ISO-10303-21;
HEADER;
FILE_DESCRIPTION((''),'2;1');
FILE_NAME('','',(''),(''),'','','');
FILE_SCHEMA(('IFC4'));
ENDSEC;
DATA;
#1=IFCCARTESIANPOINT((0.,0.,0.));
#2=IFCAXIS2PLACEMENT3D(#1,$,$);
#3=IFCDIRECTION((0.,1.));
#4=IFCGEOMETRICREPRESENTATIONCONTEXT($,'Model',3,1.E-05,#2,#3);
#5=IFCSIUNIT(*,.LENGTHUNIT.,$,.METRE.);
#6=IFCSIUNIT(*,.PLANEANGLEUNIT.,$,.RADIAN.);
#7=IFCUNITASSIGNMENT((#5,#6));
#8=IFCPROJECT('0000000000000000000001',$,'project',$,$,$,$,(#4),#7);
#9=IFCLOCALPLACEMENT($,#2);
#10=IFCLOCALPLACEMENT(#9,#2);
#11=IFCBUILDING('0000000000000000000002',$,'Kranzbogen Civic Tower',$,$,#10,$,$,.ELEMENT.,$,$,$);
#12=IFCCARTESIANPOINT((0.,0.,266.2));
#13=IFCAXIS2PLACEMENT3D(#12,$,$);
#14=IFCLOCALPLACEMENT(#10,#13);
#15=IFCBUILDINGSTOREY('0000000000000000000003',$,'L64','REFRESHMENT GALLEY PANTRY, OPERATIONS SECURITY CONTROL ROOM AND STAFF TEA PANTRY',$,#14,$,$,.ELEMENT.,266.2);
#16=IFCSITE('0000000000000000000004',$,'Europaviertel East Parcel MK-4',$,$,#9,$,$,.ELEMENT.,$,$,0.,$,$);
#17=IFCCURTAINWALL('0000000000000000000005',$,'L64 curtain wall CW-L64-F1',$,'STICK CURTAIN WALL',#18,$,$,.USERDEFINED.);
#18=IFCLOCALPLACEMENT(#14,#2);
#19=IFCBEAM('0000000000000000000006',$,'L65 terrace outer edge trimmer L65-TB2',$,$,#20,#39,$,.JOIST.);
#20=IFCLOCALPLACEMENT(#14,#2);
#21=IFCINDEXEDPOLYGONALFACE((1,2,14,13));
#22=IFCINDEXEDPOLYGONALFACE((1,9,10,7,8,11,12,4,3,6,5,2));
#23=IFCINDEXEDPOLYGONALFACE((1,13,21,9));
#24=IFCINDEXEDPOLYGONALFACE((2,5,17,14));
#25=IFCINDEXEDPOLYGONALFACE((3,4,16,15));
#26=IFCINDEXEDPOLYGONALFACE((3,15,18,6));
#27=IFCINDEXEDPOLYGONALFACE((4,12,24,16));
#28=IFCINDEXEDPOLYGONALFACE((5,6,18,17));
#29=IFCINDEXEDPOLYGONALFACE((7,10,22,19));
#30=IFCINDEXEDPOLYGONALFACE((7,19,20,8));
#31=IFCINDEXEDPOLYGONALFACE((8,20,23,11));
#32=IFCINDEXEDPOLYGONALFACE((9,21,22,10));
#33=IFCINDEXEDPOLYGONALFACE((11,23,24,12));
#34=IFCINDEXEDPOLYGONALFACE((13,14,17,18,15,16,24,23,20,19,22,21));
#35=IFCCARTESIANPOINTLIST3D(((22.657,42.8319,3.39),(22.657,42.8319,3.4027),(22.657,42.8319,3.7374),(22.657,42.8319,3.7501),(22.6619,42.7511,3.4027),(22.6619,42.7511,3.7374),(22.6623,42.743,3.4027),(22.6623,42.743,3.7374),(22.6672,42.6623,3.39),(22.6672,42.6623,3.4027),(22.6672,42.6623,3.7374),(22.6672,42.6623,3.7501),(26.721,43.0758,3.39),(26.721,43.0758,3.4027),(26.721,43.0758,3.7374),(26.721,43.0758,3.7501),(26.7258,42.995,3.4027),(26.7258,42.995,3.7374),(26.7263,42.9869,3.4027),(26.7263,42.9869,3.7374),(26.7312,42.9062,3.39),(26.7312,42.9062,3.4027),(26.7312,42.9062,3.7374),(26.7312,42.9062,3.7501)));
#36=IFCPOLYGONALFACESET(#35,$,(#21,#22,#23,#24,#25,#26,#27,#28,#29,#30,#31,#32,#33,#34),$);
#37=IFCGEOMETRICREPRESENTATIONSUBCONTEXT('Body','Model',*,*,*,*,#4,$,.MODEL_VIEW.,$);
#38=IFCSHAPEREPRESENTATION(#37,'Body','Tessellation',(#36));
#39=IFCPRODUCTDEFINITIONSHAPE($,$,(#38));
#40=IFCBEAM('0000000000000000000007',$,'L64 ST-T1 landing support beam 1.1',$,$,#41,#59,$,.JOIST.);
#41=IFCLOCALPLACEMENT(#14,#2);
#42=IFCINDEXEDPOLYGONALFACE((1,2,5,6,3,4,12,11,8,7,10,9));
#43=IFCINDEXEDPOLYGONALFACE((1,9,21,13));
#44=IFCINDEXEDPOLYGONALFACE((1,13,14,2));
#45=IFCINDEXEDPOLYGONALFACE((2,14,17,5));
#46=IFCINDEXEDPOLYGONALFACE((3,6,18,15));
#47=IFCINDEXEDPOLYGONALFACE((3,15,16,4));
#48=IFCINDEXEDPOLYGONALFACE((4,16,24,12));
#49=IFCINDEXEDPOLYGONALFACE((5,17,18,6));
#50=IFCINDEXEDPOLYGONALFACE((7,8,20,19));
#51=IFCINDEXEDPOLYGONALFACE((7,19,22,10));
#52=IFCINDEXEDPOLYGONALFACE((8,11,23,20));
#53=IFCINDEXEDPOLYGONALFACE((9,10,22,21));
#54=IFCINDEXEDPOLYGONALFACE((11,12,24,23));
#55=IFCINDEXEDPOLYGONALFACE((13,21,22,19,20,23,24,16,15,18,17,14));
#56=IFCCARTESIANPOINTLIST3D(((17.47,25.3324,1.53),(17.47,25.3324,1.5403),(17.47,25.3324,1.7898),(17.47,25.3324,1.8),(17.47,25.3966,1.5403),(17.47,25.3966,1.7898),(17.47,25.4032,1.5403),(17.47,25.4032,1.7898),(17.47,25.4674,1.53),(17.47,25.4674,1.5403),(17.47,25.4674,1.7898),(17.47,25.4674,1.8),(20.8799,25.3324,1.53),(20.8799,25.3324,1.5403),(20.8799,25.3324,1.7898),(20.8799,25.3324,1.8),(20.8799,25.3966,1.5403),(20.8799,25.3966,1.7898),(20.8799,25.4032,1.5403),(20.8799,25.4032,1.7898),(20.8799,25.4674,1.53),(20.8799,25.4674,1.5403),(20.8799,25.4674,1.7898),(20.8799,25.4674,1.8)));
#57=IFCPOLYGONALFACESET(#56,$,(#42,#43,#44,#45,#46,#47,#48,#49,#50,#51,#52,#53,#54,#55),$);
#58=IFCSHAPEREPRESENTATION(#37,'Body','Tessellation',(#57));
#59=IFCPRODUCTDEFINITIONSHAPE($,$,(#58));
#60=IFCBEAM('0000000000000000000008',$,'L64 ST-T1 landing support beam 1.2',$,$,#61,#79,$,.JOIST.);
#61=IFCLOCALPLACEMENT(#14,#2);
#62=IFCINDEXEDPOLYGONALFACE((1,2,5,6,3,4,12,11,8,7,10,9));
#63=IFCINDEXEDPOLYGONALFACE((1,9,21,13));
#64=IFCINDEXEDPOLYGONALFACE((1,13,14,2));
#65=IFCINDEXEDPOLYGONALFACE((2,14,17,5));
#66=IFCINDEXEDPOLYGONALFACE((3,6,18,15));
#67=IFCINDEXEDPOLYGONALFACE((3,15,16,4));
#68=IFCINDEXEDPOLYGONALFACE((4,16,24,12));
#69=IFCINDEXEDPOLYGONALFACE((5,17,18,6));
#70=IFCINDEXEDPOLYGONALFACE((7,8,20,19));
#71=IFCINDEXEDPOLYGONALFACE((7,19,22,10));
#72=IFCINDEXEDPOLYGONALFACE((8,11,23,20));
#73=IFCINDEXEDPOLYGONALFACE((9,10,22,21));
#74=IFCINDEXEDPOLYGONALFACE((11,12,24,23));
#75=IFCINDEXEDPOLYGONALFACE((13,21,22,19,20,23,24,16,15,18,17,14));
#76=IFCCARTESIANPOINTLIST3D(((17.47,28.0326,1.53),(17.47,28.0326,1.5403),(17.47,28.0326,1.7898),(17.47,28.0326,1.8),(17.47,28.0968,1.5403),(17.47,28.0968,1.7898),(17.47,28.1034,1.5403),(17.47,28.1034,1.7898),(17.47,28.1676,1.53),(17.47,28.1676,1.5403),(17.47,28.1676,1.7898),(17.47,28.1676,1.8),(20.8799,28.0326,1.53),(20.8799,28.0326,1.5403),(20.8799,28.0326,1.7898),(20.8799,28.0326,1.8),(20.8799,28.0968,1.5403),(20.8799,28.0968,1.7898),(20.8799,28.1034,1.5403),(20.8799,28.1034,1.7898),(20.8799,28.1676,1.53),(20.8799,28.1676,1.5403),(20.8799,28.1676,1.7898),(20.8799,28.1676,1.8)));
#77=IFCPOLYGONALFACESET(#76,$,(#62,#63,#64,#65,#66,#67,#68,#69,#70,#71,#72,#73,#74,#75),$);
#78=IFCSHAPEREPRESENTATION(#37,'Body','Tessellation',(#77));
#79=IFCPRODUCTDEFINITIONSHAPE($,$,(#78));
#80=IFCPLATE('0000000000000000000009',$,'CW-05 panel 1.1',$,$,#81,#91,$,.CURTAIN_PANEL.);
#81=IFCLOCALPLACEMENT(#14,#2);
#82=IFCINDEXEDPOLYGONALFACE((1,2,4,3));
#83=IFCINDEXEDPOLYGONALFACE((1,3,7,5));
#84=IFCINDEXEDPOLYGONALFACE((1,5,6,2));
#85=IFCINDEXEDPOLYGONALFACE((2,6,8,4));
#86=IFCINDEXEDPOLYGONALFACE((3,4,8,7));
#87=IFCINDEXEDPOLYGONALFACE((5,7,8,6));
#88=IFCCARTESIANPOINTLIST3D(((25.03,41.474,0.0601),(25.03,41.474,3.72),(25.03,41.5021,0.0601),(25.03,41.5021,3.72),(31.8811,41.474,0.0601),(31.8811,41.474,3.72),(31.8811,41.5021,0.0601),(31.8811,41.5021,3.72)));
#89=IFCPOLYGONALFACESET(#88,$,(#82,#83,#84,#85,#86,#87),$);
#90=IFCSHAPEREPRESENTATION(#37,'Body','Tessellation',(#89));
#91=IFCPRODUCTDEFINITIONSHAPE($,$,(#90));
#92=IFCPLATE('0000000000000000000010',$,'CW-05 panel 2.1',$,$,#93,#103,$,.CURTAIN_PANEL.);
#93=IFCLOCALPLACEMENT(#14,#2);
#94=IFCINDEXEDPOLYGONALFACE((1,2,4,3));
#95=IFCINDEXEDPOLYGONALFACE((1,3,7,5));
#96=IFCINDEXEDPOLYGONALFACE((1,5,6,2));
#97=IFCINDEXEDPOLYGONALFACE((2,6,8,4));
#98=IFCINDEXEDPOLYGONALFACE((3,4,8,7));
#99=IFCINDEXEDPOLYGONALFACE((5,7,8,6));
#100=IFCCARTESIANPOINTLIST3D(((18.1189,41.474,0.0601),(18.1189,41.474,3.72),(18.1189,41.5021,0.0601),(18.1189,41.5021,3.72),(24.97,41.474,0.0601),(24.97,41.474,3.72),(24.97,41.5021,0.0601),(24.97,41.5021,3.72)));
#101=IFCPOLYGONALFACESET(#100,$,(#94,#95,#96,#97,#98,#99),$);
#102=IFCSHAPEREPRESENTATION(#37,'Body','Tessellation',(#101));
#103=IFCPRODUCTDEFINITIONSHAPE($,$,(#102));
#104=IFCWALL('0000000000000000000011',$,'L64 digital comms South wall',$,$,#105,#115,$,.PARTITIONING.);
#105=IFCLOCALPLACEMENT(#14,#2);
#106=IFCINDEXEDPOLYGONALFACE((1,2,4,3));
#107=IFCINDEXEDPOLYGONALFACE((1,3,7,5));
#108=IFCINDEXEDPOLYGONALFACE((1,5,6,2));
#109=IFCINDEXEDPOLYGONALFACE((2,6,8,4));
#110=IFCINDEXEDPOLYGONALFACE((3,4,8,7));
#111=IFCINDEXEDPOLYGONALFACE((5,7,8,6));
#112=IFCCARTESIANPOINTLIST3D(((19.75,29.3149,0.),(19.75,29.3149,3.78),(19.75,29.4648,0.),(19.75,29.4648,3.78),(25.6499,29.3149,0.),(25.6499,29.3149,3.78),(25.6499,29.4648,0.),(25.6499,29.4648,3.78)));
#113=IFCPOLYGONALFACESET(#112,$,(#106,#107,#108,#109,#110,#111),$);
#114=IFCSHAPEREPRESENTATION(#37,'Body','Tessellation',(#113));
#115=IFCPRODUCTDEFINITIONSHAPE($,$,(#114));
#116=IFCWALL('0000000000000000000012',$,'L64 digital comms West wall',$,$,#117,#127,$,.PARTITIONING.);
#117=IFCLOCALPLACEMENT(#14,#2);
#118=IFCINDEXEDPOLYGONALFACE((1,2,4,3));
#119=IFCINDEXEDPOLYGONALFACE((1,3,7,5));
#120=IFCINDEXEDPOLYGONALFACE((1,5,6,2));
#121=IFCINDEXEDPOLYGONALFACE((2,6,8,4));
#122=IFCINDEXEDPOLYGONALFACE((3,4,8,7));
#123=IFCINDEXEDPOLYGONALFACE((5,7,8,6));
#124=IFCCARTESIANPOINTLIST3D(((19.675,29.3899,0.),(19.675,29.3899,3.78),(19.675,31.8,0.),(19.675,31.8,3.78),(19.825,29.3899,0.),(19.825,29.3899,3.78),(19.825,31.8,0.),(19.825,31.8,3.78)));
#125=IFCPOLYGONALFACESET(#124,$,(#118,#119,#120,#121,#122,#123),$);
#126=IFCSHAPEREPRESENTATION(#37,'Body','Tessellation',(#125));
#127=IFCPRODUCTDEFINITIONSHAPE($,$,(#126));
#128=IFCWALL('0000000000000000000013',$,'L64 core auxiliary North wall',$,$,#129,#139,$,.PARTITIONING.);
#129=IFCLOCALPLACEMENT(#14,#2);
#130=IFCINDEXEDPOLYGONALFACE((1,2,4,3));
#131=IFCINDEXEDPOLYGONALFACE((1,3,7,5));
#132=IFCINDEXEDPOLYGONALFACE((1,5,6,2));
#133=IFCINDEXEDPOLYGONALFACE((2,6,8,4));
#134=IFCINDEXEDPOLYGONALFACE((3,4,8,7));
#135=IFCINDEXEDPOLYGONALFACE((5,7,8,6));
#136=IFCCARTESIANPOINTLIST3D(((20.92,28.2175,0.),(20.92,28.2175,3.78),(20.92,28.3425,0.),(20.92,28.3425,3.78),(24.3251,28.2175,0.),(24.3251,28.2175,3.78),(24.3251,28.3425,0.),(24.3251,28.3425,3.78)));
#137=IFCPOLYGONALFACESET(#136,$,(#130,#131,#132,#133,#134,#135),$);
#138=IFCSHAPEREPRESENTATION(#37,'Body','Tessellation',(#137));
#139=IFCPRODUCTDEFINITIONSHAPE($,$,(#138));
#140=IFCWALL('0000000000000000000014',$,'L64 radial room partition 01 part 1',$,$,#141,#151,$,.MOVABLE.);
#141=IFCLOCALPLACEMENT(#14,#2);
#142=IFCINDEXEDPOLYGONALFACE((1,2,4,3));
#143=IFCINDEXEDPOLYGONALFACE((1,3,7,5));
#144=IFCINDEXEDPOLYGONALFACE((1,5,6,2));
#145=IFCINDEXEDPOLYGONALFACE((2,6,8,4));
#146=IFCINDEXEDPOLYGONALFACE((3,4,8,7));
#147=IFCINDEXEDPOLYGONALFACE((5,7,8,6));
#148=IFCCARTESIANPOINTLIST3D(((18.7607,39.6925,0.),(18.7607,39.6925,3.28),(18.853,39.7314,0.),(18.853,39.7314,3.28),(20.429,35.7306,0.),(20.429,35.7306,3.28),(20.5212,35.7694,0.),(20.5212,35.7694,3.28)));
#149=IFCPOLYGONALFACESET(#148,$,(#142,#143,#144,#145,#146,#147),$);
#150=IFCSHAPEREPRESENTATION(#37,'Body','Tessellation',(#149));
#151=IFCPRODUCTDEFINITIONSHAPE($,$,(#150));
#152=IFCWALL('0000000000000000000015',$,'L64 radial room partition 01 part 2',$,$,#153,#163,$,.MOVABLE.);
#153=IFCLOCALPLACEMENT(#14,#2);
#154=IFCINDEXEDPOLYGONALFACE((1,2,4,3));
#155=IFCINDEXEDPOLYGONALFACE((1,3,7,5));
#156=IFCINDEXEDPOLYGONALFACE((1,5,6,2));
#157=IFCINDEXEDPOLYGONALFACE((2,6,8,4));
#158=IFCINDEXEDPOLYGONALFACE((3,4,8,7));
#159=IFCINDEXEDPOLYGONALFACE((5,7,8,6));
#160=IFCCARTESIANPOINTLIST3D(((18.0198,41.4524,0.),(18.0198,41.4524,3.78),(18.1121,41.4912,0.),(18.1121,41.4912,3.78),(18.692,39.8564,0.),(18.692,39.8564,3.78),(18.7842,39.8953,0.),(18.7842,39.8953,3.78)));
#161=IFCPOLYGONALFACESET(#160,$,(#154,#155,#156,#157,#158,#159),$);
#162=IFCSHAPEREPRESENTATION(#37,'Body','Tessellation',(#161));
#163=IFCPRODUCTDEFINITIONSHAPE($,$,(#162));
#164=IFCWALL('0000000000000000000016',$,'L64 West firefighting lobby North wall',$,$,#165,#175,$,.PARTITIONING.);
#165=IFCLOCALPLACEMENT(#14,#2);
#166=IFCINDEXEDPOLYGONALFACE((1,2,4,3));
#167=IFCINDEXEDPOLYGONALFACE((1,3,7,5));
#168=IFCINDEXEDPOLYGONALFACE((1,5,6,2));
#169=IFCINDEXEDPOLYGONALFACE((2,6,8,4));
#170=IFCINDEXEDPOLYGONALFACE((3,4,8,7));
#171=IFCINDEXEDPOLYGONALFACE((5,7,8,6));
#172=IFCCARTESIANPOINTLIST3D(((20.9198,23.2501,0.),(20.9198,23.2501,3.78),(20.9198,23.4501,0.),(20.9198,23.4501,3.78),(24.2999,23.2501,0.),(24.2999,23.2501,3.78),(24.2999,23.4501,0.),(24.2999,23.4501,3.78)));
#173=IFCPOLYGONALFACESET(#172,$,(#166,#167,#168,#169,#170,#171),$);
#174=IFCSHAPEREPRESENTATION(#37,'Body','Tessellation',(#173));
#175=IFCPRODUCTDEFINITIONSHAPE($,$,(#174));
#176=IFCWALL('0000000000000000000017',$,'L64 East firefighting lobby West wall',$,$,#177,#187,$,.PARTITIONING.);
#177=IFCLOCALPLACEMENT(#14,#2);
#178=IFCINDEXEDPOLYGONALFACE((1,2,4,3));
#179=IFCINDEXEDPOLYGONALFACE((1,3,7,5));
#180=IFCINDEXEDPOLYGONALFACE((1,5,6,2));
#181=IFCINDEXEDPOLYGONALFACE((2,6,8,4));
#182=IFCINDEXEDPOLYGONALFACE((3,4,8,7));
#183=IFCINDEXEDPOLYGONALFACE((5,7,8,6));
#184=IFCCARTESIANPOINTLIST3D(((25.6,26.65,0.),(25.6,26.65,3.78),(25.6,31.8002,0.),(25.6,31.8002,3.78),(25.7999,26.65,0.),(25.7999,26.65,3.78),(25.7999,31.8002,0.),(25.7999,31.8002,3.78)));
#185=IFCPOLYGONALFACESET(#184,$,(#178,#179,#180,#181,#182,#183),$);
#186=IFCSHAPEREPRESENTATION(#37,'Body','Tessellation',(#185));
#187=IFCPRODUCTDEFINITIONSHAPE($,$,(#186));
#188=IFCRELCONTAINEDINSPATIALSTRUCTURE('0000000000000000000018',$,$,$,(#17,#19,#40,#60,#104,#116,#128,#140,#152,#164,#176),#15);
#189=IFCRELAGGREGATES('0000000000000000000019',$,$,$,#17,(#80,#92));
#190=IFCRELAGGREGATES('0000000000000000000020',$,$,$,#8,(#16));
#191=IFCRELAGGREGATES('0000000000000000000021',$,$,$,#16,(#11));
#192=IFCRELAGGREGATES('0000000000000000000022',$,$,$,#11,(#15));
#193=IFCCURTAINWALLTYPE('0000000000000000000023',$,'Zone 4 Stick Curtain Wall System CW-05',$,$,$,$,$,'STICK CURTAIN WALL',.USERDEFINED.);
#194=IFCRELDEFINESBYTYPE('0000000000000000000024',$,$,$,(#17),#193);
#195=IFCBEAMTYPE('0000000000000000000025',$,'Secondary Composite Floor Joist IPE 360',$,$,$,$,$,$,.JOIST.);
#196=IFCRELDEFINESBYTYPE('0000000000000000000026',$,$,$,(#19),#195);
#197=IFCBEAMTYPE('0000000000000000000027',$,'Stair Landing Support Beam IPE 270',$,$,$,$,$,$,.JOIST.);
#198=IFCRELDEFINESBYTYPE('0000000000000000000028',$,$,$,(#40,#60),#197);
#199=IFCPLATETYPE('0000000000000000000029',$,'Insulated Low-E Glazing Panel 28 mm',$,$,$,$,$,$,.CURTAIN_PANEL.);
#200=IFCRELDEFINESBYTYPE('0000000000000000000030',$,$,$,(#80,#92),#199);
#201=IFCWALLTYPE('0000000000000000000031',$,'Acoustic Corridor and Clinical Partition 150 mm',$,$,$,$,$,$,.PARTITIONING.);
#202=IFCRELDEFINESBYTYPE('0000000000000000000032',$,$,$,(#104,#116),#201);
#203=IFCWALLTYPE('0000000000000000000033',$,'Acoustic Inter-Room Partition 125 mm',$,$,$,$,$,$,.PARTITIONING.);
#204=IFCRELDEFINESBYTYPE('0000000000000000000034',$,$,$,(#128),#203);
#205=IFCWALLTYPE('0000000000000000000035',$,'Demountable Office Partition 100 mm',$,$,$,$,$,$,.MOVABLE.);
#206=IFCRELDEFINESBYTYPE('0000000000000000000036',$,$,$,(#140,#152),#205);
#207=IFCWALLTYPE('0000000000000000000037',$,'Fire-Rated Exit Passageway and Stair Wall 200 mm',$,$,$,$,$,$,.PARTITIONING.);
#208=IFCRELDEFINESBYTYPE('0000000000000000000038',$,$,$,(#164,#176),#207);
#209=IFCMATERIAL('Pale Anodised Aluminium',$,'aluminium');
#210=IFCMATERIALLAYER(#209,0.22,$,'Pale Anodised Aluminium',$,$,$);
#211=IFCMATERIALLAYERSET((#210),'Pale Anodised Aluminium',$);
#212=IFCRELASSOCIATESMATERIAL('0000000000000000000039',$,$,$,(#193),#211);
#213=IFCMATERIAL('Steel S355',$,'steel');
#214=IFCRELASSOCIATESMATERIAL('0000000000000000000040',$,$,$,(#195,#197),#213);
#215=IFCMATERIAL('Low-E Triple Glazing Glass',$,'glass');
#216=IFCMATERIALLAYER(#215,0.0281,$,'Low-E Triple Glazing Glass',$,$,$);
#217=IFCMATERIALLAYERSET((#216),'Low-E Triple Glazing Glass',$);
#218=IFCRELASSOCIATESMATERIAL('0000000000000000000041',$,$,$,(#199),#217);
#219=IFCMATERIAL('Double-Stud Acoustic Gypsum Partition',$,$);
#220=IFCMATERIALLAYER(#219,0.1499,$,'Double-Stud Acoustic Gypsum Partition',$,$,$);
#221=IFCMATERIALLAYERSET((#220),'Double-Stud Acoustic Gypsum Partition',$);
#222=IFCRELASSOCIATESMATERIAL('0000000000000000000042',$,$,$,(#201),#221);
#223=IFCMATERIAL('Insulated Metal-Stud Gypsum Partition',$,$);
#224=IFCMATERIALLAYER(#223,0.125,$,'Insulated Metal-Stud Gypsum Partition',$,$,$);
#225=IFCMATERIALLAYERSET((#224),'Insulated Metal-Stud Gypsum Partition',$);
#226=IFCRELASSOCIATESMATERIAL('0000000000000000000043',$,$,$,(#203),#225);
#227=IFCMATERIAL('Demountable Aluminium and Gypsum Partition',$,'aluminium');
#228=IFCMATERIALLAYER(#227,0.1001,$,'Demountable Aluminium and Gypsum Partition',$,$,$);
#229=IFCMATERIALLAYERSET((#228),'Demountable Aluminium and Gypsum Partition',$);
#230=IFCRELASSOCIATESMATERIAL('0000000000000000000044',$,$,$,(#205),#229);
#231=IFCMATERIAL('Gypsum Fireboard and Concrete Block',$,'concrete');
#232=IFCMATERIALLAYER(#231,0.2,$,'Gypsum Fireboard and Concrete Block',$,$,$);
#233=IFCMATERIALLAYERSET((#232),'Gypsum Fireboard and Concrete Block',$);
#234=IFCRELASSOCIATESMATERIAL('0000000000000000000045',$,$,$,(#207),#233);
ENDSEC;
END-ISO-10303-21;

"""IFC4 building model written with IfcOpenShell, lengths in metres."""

from ifc_helpers import new_model, si_unit, direction, frame, frame_2d, origin, origin_2d, place, context, subcontext, project, spatial, rectangle, i_section, extrude, material, layer, layer_set, material_profile, profile_set, type_object, element, aggregate, save


model = new_model("IFC4")

# Units and contexts
model_context = context("Model", 3, precision=1e-05, world=origin(), true_north=direction((0.0, 1.0)))
body_context = subcontext(model_context, "Body", "Model", "MODEL_VIEW")
ifc_project = project(units=[si_unit("LENGTHUNIT", "METRE"), si_unit("PLANEANGLEUNIT", "RADIAN")], contexts=[model_context])

# Site, building, storey
site_placement = place(None, origin())
site = spatial("IfcSite", under=ifc_project, at=site_placement, Name="Europaviertel East Parcel MK-4", CompositionType="ELEMENT", RefElevation=0.0)
building_placement = place(site_placement, origin())
building = spatial("IfcBuilding", under=site, at=building_placement, Name="Kranzbogen Civic Tower", CompositionType="ELEMENT")
storey_placement = place(building_placement, frame((0.0, 0.0, 266.2)))
storey = spatial("IfcBuildingStorey", under=building, at=storey_placement, Name="L64", Description="REFRESHMENT GALLEY PANTRY, OPERATIONS SECURITY CONTROL ROOM AND STAFF TEA PANTRY", CompositionType="ELEMENT", Elevation=266.2)

# Shared definitions
ifc_material_1 = material(Name="Steel S355", Category="steel")

# Curtain wall
ifc_material_2 = material(Name="Pale Anodised Aluminium", Category="aluminium")
ifc_layer_1 = layer(ifc_material_2, 0.22, Name="Pale Anodised Aluminium")
ifc_layer_set_1 = layer_set([ifc_layer_1], Name="Pale Anodised Aluminium")
curtain_wall_type = type_object("IfcCurtainWallType", Name="Zone 4 Stick Curtain Wall System CW-05", ElementType="STICK CURTAIN WALL", PredefinedType="USERDEFINED", material=ifc_layer_set_1)
curtain_wall_placement = place(storey_placement, origin())
curtain_wall = element("IfcCurtainWall", 1, at=curtain_wall_placement, inside=storey, type_object=curtain_wall_type, Name="L64 curtain wall CW-L64-F1", ObjectType="STICK CURTAIN WALL", PredefinedType="USERDEFINED")

# Beams
ifc_material_profile_1 = material_profile(ifc_material_1, i_section(OverallWidth=0.1699, OverallDepth=0.3601, WebThickness=0.0081, FlangeThickness=0.0127, at=origin_2d()), Name="IPE 360")
ifc_profile_set_1 = profile_set([ifc_material_profile_1], Name="Steel S355")
beam_type_1 = type_object("IfcBeamType", Name="Secondary Composite Floor Joist IPE 360", PredefinedType="JOIST", material=ifc_profile_set_1)
beam_1_placement = place(storey_placement, frame((26.7261, 42.991, 3.5701), z_axis=(-0.998204, -0.059907, 0.0), x_axis=(0.059907, -0.998204, 0.0)))
element("IfcBeam", 2, at=beam_1_placement, inside=storey, type_object=beam_type_1, Name="L65 terrace outer edge trimmer L65-TB2", PredefinedType="JOIST", context=body_context, shape_type="SweptSolid", body=[
    extrude(i_section(OverallWidth=0.1699, OverallDepth=0.3601, WebThickness=0.0081, FlangeThickness=0.0127, at=origin_2d()), origin(), (0.0, 0.0, 1.0), 4.0713),
])
ifc_material_profile_2 = material_profile(ifc_material_1, i_section(OverallWidth=0.135, OverallDepth=0.27, WebThickness=0.0066, FlangeThickness=0.0103, at=origin_2d()), Name="IPE 270")
ifc_profile_set_2 = profile_set([ifc_material_profile_2], Name="Steel S355")
beam_type_2 = type_object("IfcBeamType", Name="Stair Landing Support Beam IPE 270", PredefinedType="JOIST", material=ifc_profile_set_2)
for number, where, z_axis, x_axis, name in (
    (3, (20.8799, 25.3999, 1.665), (-1.0, 0.0, 0.0), (0.0, -1.0, 0.0), "L64 ST-T1 landing support beam 1.1"),
    (4, (20.8799, 28.1001, 1.665), (-1.0, 0.0, 0.0), (0.0, -1.0, 0.0), "L64 ST-T1 landing support beam 1.2"),
):
    element("IfcBeam", number, at=place(storey_placement, frame(where, z_axis=z_axis, x_axis=x_axis)), inside=storey, type_object=beam_type_2, Name=name, PredefinedType="JOIST", context=body_context, shape_type="SweptSolid", body=[
        extrude(i_section(OverallWidth=0.135, OverallDepth=0.27, WebThickness=0.0066, FlangeThickness=0.0103, at=origin_2d()), origin(), (0.0, 0.0, 1.0), 3.4099),
    ])

# Plates
ifc_material_3 = material(Name="Low-E Triple Glazing Glass", Category="glass")
ifc_layer_2 = layer(ifc_material_3, 0.0281, Name="Low-E Triple Glazing Glass")
ifc_layer_set_2 = layer_set([ifc_layer_2], Name="Low-E Triple Glazing Glass")
plate_type = type_object("IfcPlateType", Name="Insulated Low-E Glazing Panel 28 mm", PredefinedType="CURTAIN_PANEL", material=ifc_layer_set_2)
plate_1_placement = place(storey_placement, frame((28.4556, 41.488, 0.0601), z_axis=(0.0, 0.0, 1.0), x_axis=(-1.0, 0.0, 0.0)))
plate_1 = element("IfcPlate", 5, at=plate_1_placement, type_object=plate_type, Name="CW-05 panel 1.1", PredefinedType="CURTAIN_PANEL", context=body_context, shape_type="SweptSolid", body=[
    extrude(rectangle(XDim=6.8511, YDim=0.0281, at=origin_2d()), origin(), (0.0, 0.0, 1.0), 3.6599),
])
plate_2_placement = place(storey_placement, frame((21.5444, 41.488, 0.0601), z_axis=(0.0, 0.0, 1.0), x_axis=(-1.0, 0.0, 0.0)))
plate_2 = element("IfcPlate", 6, at=plate_2_placement, type_object=plate_type, Name="CW-05 panel 2.1", PredefinedType="CURTAIN_PANEL", context=body_context, shape_type="SweptSolid", body=[
    extrude(rectangle(XDim=6.8511, YDim=0.0281, at=origin_2d()), origin(), (0.0, 0.0, 1.0), 3.6599),
])
aggregate(curtain_wall, [plate_1, plate_2])

# Walls
ifc_material_4 = material(Name="Double-Stud Acoustic Gypsum Partition")
ifc_layer_3 = layer(ifc_material_4, 0.1499, Name="Double-Stud Acoustic Gypsum Partition")
ifc_layer_set_3 = layer_set([ifc_layer_3], Name="Double-Stud Acoustic Gypsum Partition")
wall_type_1 = type_object("IfcWallType", Name="Acoustic Corridor and Clinical Partition 150 mm", PredefinedType="PARTITIONING", material=ifc_layer_set_3)
wall_1_placement = place(storey_placement, frame((19.75, 29.3899, 0.0), z_axis=(0.0, 0.0, 1.0), x_axis=(1.0, 0.0, 0.0)))
element("IfcWall", 7, at=wall_1_placement, inside=storey, type_object=wall_type_1, Name="L64 digital comms South wall", PredefinedType="PARTITIONING", context=body_context, shape_type="SweptSolid", body=[
    extrude(rectangle(XDim=5.8999, YDim=0.1499, at=frame_2d((2.95, 0.0))), origin(), (0.0, 0.0, 1.0), 3.78),
])
wall_2_placement = place(storey_placement, frame((19.75, 29.3899, 0.0), z_axis=(0.0, 0.0, 1.0), x_axis=(0.0, 1.0, 0.0)))
element("IfcWall", 8, at=wall_2_placement, inside=storey, type_object=wall_type_1, Name="L64 digital comms West wall", PredefinedType="PARTITIONING", context=body_context, shape_type="SweptSolid", body=[
    extrude(rectangle(XDim=2.4102, YDim=0.1499, at=frame_2d((1.2051, 0.0))), origin(), (0.0, 0.0, 1.0), 3.78),
])
ifc_material_5 = material(Name="Insulated Metal-Stud Gypsum Partition")
ifc_layer_4 = layer(ifc_material_5, 0.125, Name="Insulated Metal-Stud Gypsum Partition")
ifc_layer_set_4 = layer_set([ifc_layer_4], Name="Insulated Metal-Stud Gypsum Partition")
wall_type_2 = type_object("IfcWallType", Name="Acoustic Inter-Room Partition 125 mm", PredefinedType="PARTITIONING", material=ifc_layer_set_4)
wall_3_placement = place(storey_placement, frame((20.9199, 28.28, 0.0), z_axis=(0.0, 0.0, 1.0), x_axis=(1.0, 0.0, 0.0)))
element("IfcWall", 9, at=wall_3_placement, inside=storey, type_object=wall_type_2, Name="L64 core auxiliary North wall", PredefinedType="PARTITIONING", context=body_context, shape_type="SweptSolid", body=[
    extrude(rectangle(XDim=3.405, YDim=0.125, at=frame_2d((1.7026, 0.0))), origin(), (0.0, 0.0, 1.0), 3.78),
])
ifc_material_6 = material(Name="Demountable Aluminium and Gypsum Partition", Category="aluminium")
ifc_layer_5 = layer(ifc_material_6, 0.1001, Name="Demountable Aluminium and Gypsum Partition")
ifc_layer_set_5 = layer_set([ifc_layer_5], Name="Demountable Aluminium and Gypsum Partition")
wall_type_3 = type_object("IfcWallType", Name="Demountable Office Partition 100 mm", PredefinedType="MOVABLE", material=ifc_layer_set_5)
wall_4_placement = place(storey_placement, frame((20.4751, 35.75, 0.0), z_axis=(0.0, 0.0, 1.0), x_axis=(-0.388065, 0.921632, 0.0)))
element("IfcWall", 10, at=wall_4_placement, inside=storey, type_object=wall_type_3, Name="L64 radial room partition 01 part 1", PredefinedType="MOVABLE", context=body_context, shape_type="SweptSolid", body=[
    extrude(rectangle(XDim=4.2988, YDim=0.1001, at=frame_2d((2.1494, 0.0))), origin(), (0.0, 0.0, 1.0), 3.28),
])
wall_5_placement = place(storey_placement, frame((18.738, 39.876, 0.0), z_axis=(0.0, 0.0, 1.0), x_axis=(-0.388126, 0.921606, 0.0)))
element("IfcWall", 11, at=wall_5_placement, inside=storey, type_object=wall_type_3, Name="L64 radial room partition 01 part 2", PredefinedType="MOVABLE", context=body_context, shape_type="SweptSolid", body=[
    extrude(rectangle(XDim=1.7317, YDim=0.1001, at=frame_2d((0.8657, 0.0))), origin(), (0.0, 0.0, 1.0), 3.78),
])
ifc_material_7 = material(Name="Gypsum Fireboard and Concrete Block", Category="concrete")
ifc_layer_6 = layer(ifc_material_7, 0.2, Name="Gypsum Fireboard and Concrete Block")
ifc_layer_set_6 = layer_set([ifc_layer_6], Name="Gypsum Fireboard and Concrete Block")
wall_type_4 = type_object("IfcWallType", Name="Fire-Rated Exit Passageway and Stair Wall 200 mm", PredefinedType="PARTITIONING", material=ifc_layer_set_6)
wall_6_placement = place(storey_placement, frame((20.9199, 23.3501, 0.0), z_axis=(0.0, 0.0, 1.0), x_axis=(1.0, 0.0, 0.0)))
element("IfcWall", 12, at=wall_6_placement, inside=storey, type_object=wall_type_4, Name="L64 West firefighting lobby North wall", PredefinedType="PARTITIONING", context=body_context, shape_type="SweptSolid", body=[
    extrude(rectangle(XDim=3.3801, YDim=0.2, at=frame_2d((1.6899, 0.0))), origin(), (0.0, 0.0, 1.0), 3.78),
])
wall_7_placement = place(storey_placement, frame((25.7, 26.6499, 0.0), z_axis=(0.0, 0.0, 1.0), x_axis=(0.0, 1.0, 0.0)))
element("IfcWall", 13, at=wall_7_placement, inside=storey, type_object=wall_type_4, Name="L64 East firefighting lobby West wall", PredefinedType="PARTITIONING", context=body_context, shape_type="SweptSolid", body=[
    extrude(rectangle(XDim=5.1501, YDim=0.2, at=frame_2d((2.5752, 0.0))), origin(), (0.0, 0.0, 1.0), 3.78),
])

save(model, "model.ifc")
